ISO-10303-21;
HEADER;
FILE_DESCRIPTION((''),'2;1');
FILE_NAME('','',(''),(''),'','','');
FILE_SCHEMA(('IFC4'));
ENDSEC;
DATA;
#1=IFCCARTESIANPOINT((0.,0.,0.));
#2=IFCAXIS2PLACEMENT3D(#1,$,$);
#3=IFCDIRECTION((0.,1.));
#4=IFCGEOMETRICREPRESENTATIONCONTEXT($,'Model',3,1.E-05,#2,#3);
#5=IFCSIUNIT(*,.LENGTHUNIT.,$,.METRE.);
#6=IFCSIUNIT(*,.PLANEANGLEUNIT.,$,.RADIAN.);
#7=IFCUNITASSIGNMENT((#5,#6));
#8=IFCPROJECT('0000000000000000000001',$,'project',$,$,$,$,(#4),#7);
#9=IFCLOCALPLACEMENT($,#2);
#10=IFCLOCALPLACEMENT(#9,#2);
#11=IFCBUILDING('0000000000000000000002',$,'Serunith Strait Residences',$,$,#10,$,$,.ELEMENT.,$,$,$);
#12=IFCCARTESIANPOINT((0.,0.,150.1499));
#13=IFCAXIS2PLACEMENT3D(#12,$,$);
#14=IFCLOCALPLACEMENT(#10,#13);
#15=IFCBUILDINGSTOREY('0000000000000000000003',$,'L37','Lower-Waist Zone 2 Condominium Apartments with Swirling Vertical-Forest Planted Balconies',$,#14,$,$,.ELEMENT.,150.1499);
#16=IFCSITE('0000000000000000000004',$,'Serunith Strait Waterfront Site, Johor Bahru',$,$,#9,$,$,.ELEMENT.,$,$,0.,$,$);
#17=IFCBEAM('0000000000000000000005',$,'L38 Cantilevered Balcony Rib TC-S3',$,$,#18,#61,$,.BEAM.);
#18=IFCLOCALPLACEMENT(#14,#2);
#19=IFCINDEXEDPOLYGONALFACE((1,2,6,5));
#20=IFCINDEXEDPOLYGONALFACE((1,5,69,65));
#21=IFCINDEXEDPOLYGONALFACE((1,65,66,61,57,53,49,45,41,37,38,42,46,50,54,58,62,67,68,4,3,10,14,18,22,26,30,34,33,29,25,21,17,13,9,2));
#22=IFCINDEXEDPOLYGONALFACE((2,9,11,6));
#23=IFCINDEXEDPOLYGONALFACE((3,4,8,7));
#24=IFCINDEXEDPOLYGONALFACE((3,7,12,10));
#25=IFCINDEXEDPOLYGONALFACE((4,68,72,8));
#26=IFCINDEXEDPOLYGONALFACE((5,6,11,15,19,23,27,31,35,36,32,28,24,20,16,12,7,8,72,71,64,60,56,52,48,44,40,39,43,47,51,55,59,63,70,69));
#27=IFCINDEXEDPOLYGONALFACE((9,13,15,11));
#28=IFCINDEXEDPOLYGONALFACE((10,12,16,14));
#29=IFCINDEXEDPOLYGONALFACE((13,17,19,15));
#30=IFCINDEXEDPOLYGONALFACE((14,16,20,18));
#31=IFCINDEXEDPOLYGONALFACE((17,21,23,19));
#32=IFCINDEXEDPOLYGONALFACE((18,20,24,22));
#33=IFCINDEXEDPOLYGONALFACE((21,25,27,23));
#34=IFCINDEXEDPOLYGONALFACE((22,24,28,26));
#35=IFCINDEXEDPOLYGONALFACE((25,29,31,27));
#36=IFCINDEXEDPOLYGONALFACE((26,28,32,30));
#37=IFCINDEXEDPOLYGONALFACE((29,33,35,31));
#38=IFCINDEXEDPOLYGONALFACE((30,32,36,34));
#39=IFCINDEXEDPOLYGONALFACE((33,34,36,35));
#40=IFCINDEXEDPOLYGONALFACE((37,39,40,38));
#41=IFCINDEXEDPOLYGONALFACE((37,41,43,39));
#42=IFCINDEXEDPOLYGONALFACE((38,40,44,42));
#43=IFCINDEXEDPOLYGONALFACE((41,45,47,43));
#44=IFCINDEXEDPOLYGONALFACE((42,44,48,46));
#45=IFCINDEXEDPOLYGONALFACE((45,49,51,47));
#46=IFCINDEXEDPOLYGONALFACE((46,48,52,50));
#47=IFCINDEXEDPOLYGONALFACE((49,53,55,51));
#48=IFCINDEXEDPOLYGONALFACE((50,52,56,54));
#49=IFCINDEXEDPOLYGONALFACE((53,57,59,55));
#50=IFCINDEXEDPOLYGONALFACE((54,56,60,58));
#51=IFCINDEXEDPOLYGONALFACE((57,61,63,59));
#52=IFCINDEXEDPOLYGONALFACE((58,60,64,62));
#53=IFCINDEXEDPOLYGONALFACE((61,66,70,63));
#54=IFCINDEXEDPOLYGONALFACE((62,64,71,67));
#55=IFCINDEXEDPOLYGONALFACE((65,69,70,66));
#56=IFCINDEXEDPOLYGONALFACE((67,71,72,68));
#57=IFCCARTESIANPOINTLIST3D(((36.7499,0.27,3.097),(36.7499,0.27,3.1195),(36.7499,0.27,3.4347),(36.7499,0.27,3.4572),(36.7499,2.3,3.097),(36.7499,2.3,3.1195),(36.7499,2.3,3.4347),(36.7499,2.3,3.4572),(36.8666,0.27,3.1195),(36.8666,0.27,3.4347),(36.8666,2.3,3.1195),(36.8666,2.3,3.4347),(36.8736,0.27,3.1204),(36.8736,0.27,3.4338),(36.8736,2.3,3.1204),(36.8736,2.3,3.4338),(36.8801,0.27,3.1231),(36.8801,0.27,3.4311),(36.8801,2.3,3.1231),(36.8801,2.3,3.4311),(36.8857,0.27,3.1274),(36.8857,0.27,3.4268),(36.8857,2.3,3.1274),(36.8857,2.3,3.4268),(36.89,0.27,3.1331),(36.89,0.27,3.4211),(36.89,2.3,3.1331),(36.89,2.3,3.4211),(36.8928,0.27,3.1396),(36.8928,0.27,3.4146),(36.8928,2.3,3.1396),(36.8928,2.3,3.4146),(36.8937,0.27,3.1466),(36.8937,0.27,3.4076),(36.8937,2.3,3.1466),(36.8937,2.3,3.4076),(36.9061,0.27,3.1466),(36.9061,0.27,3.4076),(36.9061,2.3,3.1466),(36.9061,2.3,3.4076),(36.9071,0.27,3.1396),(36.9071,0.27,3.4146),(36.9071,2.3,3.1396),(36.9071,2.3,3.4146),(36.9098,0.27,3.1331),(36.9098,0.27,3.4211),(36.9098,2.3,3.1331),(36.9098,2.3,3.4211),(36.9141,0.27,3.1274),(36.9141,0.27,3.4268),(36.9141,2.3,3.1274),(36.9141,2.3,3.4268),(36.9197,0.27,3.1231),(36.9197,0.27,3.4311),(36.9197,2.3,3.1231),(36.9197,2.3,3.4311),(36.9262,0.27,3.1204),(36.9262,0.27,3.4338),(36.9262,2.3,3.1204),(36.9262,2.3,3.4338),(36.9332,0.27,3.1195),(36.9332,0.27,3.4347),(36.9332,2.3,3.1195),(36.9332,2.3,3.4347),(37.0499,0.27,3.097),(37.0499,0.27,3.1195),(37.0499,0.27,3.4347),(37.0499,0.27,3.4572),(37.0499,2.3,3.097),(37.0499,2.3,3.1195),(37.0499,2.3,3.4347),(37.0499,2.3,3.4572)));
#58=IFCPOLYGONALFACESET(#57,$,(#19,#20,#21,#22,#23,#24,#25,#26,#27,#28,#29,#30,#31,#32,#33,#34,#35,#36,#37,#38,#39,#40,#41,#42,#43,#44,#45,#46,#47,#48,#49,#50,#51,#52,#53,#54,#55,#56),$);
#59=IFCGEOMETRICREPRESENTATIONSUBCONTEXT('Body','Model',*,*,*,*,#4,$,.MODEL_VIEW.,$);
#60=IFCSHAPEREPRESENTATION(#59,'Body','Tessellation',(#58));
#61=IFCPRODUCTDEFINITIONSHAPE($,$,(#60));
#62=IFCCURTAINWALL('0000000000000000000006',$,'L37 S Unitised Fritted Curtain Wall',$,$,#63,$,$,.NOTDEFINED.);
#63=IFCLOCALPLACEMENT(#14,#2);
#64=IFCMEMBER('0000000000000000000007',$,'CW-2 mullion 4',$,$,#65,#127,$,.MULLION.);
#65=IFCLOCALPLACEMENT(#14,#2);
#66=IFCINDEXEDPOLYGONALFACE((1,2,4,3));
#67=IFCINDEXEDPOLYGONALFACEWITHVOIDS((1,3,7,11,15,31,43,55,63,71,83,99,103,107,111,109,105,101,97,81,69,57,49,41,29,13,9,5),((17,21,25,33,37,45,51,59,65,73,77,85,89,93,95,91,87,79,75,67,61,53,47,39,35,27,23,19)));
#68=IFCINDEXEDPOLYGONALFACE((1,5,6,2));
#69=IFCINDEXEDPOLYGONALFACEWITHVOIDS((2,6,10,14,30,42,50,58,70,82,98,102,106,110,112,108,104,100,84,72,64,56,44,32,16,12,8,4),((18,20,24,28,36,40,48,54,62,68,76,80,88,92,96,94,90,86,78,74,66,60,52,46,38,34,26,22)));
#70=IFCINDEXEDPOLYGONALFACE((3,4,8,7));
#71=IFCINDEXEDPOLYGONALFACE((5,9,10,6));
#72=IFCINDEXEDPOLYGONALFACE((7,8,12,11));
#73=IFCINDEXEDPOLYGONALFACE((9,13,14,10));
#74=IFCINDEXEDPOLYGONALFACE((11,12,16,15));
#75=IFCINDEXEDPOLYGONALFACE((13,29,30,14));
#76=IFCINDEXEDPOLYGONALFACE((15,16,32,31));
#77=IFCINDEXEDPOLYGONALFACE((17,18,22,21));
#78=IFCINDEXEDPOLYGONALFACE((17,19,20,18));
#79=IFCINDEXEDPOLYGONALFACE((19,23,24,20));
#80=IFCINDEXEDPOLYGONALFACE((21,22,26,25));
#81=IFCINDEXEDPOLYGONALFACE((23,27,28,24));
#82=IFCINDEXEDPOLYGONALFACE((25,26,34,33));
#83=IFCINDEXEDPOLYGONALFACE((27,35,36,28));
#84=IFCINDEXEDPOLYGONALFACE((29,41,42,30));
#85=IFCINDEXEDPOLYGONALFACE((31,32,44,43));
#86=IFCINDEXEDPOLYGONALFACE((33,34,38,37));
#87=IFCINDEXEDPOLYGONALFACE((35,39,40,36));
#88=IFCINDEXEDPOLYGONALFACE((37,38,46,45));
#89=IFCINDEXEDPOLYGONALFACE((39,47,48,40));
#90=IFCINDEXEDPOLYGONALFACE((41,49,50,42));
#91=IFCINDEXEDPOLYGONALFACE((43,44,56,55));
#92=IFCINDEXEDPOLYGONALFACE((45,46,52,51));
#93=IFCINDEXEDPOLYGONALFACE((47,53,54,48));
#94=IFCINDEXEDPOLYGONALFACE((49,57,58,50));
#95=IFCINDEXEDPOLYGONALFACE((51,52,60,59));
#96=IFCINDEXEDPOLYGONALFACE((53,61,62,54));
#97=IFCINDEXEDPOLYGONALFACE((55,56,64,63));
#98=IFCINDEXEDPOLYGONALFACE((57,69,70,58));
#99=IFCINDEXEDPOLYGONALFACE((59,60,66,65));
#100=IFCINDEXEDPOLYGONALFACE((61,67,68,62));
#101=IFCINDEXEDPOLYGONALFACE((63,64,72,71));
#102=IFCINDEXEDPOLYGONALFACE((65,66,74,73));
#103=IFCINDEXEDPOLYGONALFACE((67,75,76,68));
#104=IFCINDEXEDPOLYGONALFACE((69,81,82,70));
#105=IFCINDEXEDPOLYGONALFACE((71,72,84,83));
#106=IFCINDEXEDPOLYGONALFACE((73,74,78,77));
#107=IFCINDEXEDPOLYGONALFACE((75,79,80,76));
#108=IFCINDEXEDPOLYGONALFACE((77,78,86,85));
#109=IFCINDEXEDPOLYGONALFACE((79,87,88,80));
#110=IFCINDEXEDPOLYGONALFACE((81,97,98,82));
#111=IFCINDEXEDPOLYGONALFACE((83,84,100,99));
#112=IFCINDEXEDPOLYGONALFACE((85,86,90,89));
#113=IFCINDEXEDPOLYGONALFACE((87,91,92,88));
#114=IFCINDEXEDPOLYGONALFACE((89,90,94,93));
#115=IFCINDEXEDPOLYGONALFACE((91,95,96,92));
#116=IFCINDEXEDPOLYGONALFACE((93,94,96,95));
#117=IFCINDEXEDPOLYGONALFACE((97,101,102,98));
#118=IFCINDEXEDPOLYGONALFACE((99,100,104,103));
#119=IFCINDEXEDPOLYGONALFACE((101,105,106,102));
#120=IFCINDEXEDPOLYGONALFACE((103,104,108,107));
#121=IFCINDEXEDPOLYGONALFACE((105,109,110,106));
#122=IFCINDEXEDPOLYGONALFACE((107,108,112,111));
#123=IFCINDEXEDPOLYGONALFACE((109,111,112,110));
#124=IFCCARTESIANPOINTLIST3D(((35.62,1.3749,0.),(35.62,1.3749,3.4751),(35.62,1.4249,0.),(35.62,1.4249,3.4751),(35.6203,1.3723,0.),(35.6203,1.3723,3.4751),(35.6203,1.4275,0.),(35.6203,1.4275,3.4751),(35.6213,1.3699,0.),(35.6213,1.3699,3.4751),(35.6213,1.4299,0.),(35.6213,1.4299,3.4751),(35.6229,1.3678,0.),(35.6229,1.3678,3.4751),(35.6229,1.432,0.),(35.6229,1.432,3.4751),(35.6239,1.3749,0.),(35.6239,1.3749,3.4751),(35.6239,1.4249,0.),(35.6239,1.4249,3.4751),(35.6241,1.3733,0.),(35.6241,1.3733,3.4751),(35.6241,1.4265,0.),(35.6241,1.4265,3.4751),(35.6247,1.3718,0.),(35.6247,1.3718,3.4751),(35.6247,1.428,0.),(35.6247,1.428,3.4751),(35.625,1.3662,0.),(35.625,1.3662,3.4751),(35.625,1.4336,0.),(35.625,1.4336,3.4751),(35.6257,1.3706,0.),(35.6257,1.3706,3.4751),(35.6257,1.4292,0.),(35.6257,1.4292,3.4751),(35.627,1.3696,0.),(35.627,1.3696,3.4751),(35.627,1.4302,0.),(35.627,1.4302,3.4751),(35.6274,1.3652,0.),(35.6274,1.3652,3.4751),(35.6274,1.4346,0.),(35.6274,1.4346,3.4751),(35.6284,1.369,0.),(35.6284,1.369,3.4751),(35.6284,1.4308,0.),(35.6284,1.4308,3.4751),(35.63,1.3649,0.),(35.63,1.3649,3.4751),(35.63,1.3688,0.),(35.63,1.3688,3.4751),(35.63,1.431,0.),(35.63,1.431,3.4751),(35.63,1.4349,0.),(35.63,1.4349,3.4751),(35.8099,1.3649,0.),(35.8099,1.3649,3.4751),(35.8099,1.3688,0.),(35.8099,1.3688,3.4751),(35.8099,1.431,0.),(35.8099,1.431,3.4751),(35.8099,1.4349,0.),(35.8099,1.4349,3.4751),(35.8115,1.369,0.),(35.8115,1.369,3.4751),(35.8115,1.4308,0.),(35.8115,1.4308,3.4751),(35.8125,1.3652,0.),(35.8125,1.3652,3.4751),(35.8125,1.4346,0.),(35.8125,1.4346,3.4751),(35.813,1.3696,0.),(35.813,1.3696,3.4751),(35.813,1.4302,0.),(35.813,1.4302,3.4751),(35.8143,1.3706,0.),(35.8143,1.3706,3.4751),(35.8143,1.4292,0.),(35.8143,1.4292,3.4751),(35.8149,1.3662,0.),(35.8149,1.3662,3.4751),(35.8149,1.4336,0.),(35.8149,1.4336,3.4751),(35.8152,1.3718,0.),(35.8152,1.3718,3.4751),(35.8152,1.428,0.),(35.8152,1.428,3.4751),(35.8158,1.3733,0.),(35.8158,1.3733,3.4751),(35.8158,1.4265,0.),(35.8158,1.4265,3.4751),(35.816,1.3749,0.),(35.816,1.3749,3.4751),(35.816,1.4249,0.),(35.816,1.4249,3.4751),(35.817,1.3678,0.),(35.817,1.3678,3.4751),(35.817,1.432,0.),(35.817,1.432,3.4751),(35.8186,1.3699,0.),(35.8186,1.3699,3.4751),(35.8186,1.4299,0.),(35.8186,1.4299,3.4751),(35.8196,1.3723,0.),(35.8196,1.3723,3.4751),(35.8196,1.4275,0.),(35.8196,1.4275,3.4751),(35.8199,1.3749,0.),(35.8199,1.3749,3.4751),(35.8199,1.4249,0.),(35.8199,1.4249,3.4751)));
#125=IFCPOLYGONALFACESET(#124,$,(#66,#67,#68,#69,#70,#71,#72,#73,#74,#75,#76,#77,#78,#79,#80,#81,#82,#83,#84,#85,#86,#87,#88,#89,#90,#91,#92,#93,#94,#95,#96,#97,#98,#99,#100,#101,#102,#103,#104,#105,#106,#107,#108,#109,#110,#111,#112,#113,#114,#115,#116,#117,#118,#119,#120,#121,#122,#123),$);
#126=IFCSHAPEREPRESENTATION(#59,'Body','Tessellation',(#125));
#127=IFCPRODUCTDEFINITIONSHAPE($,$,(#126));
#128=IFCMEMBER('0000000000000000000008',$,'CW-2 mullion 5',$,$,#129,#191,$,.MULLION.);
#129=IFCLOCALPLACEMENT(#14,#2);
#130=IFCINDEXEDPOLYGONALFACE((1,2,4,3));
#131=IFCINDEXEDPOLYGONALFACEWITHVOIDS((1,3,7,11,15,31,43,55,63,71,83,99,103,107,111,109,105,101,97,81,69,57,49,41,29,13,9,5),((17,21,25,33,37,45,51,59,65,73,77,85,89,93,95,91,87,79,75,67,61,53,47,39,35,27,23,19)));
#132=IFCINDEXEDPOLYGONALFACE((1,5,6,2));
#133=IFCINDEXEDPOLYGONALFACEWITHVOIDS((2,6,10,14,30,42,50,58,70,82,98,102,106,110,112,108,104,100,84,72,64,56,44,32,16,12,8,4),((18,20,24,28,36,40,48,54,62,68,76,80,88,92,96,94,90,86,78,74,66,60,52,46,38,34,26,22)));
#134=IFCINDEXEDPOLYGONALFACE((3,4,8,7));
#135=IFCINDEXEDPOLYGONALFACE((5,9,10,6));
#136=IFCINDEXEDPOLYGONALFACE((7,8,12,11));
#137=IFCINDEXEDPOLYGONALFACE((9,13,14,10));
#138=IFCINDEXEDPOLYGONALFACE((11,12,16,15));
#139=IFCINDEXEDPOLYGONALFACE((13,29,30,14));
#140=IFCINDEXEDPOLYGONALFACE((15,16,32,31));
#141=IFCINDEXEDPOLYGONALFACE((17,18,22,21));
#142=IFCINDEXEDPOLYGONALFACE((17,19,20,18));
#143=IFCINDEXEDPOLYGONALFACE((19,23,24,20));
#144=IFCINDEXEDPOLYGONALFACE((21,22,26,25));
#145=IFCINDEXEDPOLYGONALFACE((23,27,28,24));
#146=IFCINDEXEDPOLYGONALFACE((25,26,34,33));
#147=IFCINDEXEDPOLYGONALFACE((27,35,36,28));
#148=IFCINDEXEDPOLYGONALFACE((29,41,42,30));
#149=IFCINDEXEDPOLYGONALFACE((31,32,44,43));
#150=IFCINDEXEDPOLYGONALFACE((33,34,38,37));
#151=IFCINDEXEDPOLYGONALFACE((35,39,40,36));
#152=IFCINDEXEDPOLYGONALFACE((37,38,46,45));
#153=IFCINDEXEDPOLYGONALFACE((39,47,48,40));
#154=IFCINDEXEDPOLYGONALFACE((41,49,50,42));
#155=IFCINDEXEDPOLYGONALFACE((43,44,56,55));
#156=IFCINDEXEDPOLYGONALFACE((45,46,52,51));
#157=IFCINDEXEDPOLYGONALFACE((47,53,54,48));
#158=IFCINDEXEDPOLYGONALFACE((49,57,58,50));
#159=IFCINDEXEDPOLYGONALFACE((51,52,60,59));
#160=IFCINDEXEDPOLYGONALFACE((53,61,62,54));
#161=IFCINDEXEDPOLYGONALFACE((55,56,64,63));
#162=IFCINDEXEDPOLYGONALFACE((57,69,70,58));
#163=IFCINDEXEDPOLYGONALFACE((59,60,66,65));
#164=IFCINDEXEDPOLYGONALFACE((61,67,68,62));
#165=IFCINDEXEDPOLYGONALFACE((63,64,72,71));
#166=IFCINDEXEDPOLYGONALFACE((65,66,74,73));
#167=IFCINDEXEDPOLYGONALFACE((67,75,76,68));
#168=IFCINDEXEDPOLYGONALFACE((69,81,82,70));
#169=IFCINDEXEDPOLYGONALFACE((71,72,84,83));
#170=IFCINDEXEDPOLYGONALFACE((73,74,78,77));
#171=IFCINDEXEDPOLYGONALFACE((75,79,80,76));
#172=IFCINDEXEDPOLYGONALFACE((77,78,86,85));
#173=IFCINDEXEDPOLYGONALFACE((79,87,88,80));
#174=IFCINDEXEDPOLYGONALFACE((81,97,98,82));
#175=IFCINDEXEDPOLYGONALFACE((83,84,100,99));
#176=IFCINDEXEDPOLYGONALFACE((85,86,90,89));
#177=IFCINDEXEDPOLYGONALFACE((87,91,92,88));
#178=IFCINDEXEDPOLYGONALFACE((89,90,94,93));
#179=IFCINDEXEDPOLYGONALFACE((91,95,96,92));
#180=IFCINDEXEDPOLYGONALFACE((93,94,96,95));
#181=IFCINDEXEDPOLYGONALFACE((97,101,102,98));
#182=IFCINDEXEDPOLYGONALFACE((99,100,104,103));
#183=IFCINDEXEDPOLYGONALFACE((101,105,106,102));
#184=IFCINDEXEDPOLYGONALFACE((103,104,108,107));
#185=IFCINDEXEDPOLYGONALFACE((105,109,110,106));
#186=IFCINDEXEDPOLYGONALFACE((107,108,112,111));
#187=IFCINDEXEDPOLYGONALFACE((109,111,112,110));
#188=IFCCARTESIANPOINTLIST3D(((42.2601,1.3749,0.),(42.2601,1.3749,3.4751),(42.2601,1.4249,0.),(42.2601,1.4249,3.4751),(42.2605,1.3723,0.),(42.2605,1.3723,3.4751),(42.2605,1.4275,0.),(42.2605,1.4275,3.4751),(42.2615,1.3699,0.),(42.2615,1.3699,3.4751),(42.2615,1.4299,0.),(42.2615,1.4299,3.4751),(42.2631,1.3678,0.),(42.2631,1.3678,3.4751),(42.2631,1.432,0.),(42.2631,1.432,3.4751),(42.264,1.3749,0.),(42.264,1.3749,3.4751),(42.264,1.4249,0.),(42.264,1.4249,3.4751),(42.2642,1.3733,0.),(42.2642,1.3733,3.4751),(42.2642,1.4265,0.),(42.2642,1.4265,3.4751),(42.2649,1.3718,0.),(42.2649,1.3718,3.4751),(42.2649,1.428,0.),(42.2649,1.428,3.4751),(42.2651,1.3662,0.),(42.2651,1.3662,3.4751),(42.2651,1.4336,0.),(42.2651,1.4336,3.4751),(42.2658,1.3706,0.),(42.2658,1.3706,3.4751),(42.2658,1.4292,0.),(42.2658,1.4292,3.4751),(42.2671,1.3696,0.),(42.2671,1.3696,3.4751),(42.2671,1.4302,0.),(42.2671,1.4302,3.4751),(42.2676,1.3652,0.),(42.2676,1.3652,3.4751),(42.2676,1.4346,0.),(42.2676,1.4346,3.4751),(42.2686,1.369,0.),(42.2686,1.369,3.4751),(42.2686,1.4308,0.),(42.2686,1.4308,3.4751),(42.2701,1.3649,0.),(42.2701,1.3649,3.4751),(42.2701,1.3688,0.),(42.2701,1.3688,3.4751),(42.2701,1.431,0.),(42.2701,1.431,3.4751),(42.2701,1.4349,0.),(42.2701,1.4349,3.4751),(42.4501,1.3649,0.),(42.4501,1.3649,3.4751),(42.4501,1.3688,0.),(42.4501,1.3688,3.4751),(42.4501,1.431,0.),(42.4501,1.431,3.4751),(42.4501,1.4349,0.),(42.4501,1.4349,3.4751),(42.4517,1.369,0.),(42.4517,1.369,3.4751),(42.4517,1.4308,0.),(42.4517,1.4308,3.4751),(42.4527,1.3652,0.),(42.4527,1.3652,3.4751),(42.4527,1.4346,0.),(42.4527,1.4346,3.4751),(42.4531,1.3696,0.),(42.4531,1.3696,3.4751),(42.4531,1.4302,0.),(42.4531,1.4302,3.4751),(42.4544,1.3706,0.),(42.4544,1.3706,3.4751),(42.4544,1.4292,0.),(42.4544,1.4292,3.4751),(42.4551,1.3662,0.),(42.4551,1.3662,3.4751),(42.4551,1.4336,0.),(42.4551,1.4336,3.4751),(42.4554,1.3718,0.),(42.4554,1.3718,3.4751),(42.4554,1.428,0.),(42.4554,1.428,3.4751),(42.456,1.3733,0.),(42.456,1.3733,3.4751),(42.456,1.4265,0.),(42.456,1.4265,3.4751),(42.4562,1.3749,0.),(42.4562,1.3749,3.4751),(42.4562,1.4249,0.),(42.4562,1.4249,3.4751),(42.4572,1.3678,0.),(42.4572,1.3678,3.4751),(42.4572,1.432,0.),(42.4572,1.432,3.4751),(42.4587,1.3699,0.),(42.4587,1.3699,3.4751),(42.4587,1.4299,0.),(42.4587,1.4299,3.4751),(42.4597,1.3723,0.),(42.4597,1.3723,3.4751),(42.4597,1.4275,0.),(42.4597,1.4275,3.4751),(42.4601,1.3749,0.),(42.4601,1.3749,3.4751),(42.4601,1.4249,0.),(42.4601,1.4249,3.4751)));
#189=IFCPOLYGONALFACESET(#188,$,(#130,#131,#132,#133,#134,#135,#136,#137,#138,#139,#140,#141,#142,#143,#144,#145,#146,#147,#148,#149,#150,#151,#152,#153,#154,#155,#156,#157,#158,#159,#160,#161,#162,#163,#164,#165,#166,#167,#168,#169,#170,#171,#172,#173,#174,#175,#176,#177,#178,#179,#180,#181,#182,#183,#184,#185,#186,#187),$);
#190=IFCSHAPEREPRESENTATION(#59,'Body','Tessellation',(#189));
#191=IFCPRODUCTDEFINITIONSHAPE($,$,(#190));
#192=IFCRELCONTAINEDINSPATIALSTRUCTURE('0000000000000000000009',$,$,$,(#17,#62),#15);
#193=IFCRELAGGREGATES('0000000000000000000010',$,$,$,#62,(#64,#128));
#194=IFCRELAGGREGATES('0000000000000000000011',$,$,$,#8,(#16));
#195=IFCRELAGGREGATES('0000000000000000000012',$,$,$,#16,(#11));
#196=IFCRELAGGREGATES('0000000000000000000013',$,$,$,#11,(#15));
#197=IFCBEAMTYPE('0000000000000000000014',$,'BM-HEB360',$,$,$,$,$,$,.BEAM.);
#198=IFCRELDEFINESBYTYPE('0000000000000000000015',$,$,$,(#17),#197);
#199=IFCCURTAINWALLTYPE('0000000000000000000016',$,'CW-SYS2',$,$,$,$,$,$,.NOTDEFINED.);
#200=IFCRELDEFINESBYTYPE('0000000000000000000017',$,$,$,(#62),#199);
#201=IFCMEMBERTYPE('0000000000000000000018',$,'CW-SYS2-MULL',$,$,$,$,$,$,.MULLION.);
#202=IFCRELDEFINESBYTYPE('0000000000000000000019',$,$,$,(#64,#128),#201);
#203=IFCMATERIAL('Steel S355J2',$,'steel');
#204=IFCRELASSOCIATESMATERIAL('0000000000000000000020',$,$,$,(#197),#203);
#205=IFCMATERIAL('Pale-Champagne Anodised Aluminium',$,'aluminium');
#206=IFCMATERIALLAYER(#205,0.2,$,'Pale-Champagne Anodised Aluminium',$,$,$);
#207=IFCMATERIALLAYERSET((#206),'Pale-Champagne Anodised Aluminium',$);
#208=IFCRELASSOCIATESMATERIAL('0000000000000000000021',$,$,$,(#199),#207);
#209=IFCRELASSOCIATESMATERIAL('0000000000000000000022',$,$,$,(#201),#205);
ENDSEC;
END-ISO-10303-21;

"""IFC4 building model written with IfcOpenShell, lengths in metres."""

from ifc_helpers import new_model, si_unit, direction, frame, origin, origin_2d, place, context, subcontext, project, spatial, hollow_rectangle, i_section, extrude, source, transform, mapped, material, layer, layer_set, material_profile, profile_set, type_object, element, aggregate, save


model = new_model("IFC4")

# Units and contexts
model_context = context("Model", 3, precision=1e-05, world=origin(), true_north=direction((0.0, 1.0)))
body_context = subcontext(model_context, "Body", "Model", "MODEL_VIEW")
ifc_project = project(units=[si_unit("LENGTHUNIT", "METRE"), si_unit("PLANEANGLEUNIT", "RADIAN")], contexts=[model_context])

# Site, building, storey
site_placement = place(None, origin())
site = spatial("IfcSite", under=ifc_project, at=site_placement, Name="Serunith Strait Waterfront Site, Johor Bahru", CompositionType="ELEMENT", RefElevation=0.0)
building_placement = place(site_placement, origin())
building = spatial("IfcBuilding", under=site, at=building_placement, Name="Serunith Strait Residences", CompositionType="ELEMENT")
storey_placement = place(building_placement, frame((0.0, 0.0, 150.1499)))
storey = spatial("IfcBuildingStorey", under=building, at=storey_placement, Name="L37", Description="Lower-Waist Zone 2 Condominium Apartments with Swirling Vertical-Forest Planted Balconies", CompositionType="ELEMENT", Elevation=150.1499)

# Beam
ifc_material_1 = material(Name="Steel S355J2", Category="steel")
ifc_material_profile_1 = material_profile(ifc_material_1, i_section(OverallWidth=0.3, OverallDepth=0.3601, WebThickness=0.0125, FlangeThickness=0.0225, FilletRadius=0.0271, at=origin_2d()), Name="HEB 360")
ifc_profile_set_1 = profile_set([ifc_material_profile_1], Name="Steel S355J2")
beam_type_1 = type_object("IfcBeamType", Name="BM-HEB360", PredefinedType="BEAM", material=ifc_profile_set_1)
shared_shape_1 = source(origin(), body_context, "Body", "SweptSolid", [
    extrude(i_section(OverallWidth=0.3, OverallDepth=0.3601, WebThickness=0.0125, FlangeThickness=0.0225, FilletRadius=0.0271, at=origin_2d()), origin(), (0.0, 0.0, 1.0), 2.03),
])
beam_1_placement = place(storey_placement, frame((36.8999, 2.3, 3.2771), z_axis=(0.0, -1.0, 0.0), x_axis=(1.0, 0.0, 0.0)))
element("IfcBeam", 1, at=beam_1_placement, inside=storey, type_object=beam_type_1, Name="L38 Cantilevered Balcony Rib TC-S3", PredefinedType="BEAM", context=body_context, shape_type="MappedRepresentation", body=[
    mapped(shared_shape_1, transform((0.0, 0.0, 0.0), scale=1.0)),
])

# Curtain wall, members
ifc_material_2 = material(Name="Pale-Champagne Anodised Aluminium", Category="aluminium")
ifc_layer_1 = layer(ifc_material_2, 0.2, Name="Pale-Champagne Anodised Aluminium")
ifc_layer_set_1 = layer_set([ifc_layer_1], Name="Pale-Champagne Anodised Aluminium")
curtain_wall_type = type_object("IfcCurtainWallType", Name="CW-SYS2", PredefinedType="NOTDEFINED", material=ifc_layer_set_1)
curtain_wall_placement = place(storey_placement, origin())
curtain_wall = element("IfcCurtainWall", 2, at=curtain_wall_placement, inside=storey, type_object=curtain_wall_type, Name="L37 S Unitised Fritted Curtain Wall", PredefinedType="NOTDEFINED")
ifc_material_profile_2 = material_profile(ifc_material_2, hollow_rectangle(XDim=0.0701, YDim=0.2, WallThickness=0.0039, InnerFilletRadius=0.0061, OuterFilletRadius=0.01, at=origin_2d()), Name="ALU 200x70x4")
ifc_profile_set_2 = profile_set([ifc_material_profile_2], Name="Pale-Champagne Anodised Aluminium")
member_type_1 = type_object("IfcMemberType", Name="CW-SYS2-MULL", PredefinedType="MULLION", material=ifc_profile_set_2)
shared_shape_2 = source(origin(), body_context, "Body", "SweptSolid", [
    extrude(hollow_rectangle(XDim=0.0701, YDim=0.2, WallThickness=0.0039, InnerFilletRadius=0.0061, OuterFilletRadius=0.01, at=origin_2d()), origin(), (0.0, 0.0, 1.0), 3.4751),
])
member_1_placement = place(storey_placement, frame((35.72, 1.3999, 0.0), z_axis=(0.0, 0.0, 1.0), x_axis=(0.0, 1.0, 0.0)))
member_1 = element("IfcMember", 3, at=member_1_placement, type_object=member_type_1, Name="CW-2 mullion 4", PredefinedType="MULLION", context=body_context, shape_type="MappedRepresentation", body=[
    mapped(shared_shape_2, transform((0.0, 0.0, 0.0), scale=1.0)),
])
member_2_placement = place(storey_placement, frame((42.3601, 1.3999, 0.0), z_axis=(0.0, 0.0, 1.0), x_axis=(0.0, 1.0, 0.0)))
member_2 = element("IfcMember", 4, at=member_2_placement, type_object=member_type_1, Name="CW-2 mullion 5", PredefinedType="MULLION", context=body_context, shape_type="MappedRepresentation", body=[
    mapped(shared_shape_2, transform((0.0, 0.0, 0.0), scale=1.0)),
])
aggregate(curtain_wall, [member_1, member_2])

save(model, "model.ifc")
